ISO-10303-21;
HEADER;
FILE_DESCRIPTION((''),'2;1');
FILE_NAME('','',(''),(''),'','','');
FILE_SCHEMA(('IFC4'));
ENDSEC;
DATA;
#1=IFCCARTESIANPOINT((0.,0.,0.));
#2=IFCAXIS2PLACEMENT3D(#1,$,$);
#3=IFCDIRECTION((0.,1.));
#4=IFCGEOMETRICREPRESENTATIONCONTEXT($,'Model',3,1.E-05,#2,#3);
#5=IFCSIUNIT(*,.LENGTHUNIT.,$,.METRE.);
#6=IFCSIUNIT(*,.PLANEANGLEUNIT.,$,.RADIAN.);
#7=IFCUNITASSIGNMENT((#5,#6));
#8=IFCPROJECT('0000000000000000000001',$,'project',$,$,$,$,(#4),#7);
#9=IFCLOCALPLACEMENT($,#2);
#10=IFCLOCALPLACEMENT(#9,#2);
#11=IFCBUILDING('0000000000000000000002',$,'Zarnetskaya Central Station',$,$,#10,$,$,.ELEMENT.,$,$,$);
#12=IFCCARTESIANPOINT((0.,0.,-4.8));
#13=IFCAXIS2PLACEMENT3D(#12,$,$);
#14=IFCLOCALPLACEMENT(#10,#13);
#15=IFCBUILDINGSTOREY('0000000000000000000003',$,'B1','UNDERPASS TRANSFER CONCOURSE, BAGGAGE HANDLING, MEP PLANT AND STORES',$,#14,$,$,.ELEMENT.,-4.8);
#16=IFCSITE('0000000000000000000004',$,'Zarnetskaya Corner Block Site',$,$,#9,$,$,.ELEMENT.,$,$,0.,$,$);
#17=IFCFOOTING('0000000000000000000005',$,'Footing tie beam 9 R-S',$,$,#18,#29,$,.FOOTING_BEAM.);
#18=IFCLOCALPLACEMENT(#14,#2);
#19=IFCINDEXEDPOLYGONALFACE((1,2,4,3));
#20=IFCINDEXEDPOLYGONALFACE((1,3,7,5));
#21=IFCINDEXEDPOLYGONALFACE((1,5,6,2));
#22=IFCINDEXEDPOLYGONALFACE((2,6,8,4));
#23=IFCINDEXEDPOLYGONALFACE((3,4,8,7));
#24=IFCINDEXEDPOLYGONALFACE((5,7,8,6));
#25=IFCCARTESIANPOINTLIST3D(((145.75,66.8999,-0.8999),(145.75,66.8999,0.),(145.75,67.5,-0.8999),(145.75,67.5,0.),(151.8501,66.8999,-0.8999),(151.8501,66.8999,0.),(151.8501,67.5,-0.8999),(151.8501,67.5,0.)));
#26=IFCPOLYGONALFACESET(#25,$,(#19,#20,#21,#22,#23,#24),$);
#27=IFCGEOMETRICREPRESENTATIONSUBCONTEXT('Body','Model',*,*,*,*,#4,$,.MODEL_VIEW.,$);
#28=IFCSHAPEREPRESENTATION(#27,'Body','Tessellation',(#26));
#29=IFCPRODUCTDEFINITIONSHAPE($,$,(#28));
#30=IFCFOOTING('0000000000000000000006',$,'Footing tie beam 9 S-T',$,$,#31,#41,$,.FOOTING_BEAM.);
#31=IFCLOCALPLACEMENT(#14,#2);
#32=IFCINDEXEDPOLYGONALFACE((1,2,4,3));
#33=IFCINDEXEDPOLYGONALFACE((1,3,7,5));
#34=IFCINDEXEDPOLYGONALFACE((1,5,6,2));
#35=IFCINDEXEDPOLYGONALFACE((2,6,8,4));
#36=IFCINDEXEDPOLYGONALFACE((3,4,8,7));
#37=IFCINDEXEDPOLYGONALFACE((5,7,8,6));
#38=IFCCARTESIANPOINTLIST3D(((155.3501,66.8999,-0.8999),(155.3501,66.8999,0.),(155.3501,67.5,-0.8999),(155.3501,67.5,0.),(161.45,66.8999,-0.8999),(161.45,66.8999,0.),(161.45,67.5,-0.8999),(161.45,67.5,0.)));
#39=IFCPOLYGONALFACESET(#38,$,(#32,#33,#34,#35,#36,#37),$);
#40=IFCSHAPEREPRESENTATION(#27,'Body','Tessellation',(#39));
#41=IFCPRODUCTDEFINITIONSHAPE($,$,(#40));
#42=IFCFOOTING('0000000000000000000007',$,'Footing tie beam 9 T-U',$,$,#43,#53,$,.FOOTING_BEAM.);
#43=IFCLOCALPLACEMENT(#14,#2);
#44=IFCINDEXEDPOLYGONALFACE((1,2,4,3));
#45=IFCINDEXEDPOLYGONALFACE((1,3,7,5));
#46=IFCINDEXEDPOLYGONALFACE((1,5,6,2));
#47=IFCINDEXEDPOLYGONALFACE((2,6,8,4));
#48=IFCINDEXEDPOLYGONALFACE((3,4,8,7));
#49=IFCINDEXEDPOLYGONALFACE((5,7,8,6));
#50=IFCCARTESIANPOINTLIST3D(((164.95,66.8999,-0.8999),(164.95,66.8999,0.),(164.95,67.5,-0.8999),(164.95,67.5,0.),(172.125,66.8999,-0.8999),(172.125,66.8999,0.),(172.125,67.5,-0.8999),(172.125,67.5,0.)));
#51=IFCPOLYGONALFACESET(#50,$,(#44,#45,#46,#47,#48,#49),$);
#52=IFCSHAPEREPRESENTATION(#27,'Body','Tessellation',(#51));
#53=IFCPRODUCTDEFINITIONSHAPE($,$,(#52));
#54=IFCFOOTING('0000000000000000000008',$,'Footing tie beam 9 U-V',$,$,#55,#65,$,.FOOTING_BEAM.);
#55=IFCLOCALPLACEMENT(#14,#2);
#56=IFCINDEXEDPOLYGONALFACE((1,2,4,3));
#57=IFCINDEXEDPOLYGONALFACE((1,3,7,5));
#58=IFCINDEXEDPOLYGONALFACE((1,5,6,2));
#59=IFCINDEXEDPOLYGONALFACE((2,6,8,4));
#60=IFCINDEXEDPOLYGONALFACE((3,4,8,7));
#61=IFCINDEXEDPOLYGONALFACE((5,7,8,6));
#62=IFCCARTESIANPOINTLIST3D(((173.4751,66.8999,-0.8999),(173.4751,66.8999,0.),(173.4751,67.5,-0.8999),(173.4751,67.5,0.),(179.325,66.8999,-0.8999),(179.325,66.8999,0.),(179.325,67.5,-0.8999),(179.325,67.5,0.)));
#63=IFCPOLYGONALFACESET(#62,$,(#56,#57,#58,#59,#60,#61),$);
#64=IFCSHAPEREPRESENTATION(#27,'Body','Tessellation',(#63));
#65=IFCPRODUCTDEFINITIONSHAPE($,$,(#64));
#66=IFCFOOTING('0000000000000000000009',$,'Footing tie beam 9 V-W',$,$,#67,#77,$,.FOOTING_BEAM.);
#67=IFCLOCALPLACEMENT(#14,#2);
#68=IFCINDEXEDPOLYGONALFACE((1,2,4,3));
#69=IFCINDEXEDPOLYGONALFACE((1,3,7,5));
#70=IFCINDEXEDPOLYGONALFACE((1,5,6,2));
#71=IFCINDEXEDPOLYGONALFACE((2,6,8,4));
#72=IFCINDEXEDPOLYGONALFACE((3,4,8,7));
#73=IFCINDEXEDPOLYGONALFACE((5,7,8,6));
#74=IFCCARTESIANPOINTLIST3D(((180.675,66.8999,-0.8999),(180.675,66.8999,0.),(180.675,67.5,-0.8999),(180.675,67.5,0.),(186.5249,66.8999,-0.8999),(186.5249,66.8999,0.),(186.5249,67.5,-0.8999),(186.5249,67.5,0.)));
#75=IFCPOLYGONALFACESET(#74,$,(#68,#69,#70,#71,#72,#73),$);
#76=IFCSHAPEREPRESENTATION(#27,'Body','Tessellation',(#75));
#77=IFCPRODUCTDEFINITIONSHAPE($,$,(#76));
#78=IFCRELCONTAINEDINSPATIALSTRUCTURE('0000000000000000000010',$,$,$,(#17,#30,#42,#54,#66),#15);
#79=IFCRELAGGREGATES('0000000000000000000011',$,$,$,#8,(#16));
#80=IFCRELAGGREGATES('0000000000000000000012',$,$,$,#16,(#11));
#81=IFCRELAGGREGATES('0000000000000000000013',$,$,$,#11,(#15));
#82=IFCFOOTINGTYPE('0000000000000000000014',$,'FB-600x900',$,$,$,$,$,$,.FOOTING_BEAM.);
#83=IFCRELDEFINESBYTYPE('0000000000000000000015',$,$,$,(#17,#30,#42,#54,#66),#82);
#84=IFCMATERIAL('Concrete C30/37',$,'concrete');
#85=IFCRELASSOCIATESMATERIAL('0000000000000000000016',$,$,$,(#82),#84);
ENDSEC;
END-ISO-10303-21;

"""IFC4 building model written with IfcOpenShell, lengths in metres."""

from ifc_helpers import new_model, si_unit, direction, frame, origin, place, context, subcontext, project, spatial, polyline, outline, extrude, material, type_object, element, save


model = new_model("IFC4")

# Units and contexts
model_context = context("Model", 3, precision=1e-05, world=origin(), true_north=direction((0.0, 1.0)))
body_context = subcontext(model_context, "Body", "Model", "MODEL_VIEW")
ifc_project = project(units=[si_unit("LENGTHUNIT", "METRE"), si_unit("PLANEANGLEUNIT", "RADIAN")], contexts=[model_context])

# Site, building, storey
site_placement = place(None, origin())
site = spatial("IfcSite", under=ifc_project, at=site_placement, Name="Zarnetskaya Corner Block Site", CompositionType="ELEMENT", RefElevation=0.0)
building_placement = place(site_placement, origin())
building = spatial("IfcBuilding", under=site, at=building_placement, Name="Zarnetskaya Central Station", CompositionType="ELEMENT")
storey_placement = place(building_placement, frame((0.0, 0.0, -4.8)))
storey = spatial("IfcBuildingStorey", under=building, at=storey_placement, Name="B1", Description="UNDERPASS TRANSFER CONCOURSE, BAGGAGE HANDLING, MEP PLANT AND STORES", CompositionType="ELEMENT", Elevation=-4.8)

# Footings
ifc_material = material(Name="Concrete C30/37", Category="concrete")
footing_type_1 = type_object("IfcFootingType", Name="FB-600x900", PredefinedType="FOOTING_BEAM", material=ifc_material)
footing_1_placement = place(storey_placement, frame((0.0, 0.0, -0.8999)))
element("IfcFooting", 1, at=footing_1_placement, inside=storey, type_object=footing_type_1, Name="Footing tie beam 9 R-S", PredefinedType="FOOTING_BEAM", context=body_context, shape_type="SweptSolid", body=[
    extrude(outline(polyline([(145.75, 66.8999), (151.8501, 66.8999), (151.8501, 67.5), (145.75, 67.5), (145.75, 66.8999)])), origin(), (0.0, 0.0, 1.0), 0.8999),
])
footing_2_placement = place(storey_placement, frame((0.0, 0.0, -0.8999)))
element("IfcFooting", 2, at=footing_2_placement, inside=storey, type_object=footing_type_1, Name="Footing tie beam 9 S-T", PredefinedType="FOOTING_BEAM", context=body_context, shape_type="SweptSolid", body=[
    extrude(outline(polyline([(155.3501, 66.8999), (161.45, 66.8999), (161.45, 67.5), (155.3501, 67.5), (155.3501, 66.8999)])), origin(), (0.0, 0.0, 1.0), 0.8999),
])
footing_3_placement = place(storey_placement, frame((0.0, 0.0, -0.8999)))
element("IfcFooting", 3, at=footing_3_placement, inside=storey, type_object=footing_type_1, Name="Footing tie beam 9 T-U", PredefinedType="FOOTING_BEAM", context=body_context, shape_type="SweptSolid", body=[
    extrude(outline(polyline([(164.95, 66.8999), (172.125, 66.8999), (172.125, 67.5), (164.95, 67.5), (164.95, 66.8999)])), origin(), (0.0, 0.0, 1.0), 0.8999),
])
footing_4_placement = place(storey_placement, frame((0.0, 0.0, -0.8999)))
element("IfcFooting", 4, at=footing_4_placement, inside=storey, type_object=footing_type_1, Name="Footing tie beam 9 U-V", PredefinedType="FOOTING_BEAM", context=body_context, shape_type="SweptSolid", body=[
    extrude(outline(polyline([(173.4751, 66.8999), (179.325, 66.8999), (179.325, 67.5), (173.4751, 67.5), (173.4751, 66.8999)])), origin(), (0.0, 0.0, 1.0), 0.8999),
])
footing_5_placement = place(storey_placement, frame((0.0, 0.0, -0.8999)))
element("IfcFooting", 5, at=footing_5_placement, inside=storey, type_object=footing_type_1, Name="Footing tie beam 9 V-W", PredefinedType="FOOTING_BEAM", context=body_context, shape_type="SweptSolid", body=[
    extrude(outline(polyline([(180.675, 66.8999), (186.5249, 66.8999), (186.5249, 67.5), (180.675, 67.5), (180.675, 66.8999)])), origin(), (0.0, 0.0, 1.0), 0.8999),
])

save(model, "model.ifc")
